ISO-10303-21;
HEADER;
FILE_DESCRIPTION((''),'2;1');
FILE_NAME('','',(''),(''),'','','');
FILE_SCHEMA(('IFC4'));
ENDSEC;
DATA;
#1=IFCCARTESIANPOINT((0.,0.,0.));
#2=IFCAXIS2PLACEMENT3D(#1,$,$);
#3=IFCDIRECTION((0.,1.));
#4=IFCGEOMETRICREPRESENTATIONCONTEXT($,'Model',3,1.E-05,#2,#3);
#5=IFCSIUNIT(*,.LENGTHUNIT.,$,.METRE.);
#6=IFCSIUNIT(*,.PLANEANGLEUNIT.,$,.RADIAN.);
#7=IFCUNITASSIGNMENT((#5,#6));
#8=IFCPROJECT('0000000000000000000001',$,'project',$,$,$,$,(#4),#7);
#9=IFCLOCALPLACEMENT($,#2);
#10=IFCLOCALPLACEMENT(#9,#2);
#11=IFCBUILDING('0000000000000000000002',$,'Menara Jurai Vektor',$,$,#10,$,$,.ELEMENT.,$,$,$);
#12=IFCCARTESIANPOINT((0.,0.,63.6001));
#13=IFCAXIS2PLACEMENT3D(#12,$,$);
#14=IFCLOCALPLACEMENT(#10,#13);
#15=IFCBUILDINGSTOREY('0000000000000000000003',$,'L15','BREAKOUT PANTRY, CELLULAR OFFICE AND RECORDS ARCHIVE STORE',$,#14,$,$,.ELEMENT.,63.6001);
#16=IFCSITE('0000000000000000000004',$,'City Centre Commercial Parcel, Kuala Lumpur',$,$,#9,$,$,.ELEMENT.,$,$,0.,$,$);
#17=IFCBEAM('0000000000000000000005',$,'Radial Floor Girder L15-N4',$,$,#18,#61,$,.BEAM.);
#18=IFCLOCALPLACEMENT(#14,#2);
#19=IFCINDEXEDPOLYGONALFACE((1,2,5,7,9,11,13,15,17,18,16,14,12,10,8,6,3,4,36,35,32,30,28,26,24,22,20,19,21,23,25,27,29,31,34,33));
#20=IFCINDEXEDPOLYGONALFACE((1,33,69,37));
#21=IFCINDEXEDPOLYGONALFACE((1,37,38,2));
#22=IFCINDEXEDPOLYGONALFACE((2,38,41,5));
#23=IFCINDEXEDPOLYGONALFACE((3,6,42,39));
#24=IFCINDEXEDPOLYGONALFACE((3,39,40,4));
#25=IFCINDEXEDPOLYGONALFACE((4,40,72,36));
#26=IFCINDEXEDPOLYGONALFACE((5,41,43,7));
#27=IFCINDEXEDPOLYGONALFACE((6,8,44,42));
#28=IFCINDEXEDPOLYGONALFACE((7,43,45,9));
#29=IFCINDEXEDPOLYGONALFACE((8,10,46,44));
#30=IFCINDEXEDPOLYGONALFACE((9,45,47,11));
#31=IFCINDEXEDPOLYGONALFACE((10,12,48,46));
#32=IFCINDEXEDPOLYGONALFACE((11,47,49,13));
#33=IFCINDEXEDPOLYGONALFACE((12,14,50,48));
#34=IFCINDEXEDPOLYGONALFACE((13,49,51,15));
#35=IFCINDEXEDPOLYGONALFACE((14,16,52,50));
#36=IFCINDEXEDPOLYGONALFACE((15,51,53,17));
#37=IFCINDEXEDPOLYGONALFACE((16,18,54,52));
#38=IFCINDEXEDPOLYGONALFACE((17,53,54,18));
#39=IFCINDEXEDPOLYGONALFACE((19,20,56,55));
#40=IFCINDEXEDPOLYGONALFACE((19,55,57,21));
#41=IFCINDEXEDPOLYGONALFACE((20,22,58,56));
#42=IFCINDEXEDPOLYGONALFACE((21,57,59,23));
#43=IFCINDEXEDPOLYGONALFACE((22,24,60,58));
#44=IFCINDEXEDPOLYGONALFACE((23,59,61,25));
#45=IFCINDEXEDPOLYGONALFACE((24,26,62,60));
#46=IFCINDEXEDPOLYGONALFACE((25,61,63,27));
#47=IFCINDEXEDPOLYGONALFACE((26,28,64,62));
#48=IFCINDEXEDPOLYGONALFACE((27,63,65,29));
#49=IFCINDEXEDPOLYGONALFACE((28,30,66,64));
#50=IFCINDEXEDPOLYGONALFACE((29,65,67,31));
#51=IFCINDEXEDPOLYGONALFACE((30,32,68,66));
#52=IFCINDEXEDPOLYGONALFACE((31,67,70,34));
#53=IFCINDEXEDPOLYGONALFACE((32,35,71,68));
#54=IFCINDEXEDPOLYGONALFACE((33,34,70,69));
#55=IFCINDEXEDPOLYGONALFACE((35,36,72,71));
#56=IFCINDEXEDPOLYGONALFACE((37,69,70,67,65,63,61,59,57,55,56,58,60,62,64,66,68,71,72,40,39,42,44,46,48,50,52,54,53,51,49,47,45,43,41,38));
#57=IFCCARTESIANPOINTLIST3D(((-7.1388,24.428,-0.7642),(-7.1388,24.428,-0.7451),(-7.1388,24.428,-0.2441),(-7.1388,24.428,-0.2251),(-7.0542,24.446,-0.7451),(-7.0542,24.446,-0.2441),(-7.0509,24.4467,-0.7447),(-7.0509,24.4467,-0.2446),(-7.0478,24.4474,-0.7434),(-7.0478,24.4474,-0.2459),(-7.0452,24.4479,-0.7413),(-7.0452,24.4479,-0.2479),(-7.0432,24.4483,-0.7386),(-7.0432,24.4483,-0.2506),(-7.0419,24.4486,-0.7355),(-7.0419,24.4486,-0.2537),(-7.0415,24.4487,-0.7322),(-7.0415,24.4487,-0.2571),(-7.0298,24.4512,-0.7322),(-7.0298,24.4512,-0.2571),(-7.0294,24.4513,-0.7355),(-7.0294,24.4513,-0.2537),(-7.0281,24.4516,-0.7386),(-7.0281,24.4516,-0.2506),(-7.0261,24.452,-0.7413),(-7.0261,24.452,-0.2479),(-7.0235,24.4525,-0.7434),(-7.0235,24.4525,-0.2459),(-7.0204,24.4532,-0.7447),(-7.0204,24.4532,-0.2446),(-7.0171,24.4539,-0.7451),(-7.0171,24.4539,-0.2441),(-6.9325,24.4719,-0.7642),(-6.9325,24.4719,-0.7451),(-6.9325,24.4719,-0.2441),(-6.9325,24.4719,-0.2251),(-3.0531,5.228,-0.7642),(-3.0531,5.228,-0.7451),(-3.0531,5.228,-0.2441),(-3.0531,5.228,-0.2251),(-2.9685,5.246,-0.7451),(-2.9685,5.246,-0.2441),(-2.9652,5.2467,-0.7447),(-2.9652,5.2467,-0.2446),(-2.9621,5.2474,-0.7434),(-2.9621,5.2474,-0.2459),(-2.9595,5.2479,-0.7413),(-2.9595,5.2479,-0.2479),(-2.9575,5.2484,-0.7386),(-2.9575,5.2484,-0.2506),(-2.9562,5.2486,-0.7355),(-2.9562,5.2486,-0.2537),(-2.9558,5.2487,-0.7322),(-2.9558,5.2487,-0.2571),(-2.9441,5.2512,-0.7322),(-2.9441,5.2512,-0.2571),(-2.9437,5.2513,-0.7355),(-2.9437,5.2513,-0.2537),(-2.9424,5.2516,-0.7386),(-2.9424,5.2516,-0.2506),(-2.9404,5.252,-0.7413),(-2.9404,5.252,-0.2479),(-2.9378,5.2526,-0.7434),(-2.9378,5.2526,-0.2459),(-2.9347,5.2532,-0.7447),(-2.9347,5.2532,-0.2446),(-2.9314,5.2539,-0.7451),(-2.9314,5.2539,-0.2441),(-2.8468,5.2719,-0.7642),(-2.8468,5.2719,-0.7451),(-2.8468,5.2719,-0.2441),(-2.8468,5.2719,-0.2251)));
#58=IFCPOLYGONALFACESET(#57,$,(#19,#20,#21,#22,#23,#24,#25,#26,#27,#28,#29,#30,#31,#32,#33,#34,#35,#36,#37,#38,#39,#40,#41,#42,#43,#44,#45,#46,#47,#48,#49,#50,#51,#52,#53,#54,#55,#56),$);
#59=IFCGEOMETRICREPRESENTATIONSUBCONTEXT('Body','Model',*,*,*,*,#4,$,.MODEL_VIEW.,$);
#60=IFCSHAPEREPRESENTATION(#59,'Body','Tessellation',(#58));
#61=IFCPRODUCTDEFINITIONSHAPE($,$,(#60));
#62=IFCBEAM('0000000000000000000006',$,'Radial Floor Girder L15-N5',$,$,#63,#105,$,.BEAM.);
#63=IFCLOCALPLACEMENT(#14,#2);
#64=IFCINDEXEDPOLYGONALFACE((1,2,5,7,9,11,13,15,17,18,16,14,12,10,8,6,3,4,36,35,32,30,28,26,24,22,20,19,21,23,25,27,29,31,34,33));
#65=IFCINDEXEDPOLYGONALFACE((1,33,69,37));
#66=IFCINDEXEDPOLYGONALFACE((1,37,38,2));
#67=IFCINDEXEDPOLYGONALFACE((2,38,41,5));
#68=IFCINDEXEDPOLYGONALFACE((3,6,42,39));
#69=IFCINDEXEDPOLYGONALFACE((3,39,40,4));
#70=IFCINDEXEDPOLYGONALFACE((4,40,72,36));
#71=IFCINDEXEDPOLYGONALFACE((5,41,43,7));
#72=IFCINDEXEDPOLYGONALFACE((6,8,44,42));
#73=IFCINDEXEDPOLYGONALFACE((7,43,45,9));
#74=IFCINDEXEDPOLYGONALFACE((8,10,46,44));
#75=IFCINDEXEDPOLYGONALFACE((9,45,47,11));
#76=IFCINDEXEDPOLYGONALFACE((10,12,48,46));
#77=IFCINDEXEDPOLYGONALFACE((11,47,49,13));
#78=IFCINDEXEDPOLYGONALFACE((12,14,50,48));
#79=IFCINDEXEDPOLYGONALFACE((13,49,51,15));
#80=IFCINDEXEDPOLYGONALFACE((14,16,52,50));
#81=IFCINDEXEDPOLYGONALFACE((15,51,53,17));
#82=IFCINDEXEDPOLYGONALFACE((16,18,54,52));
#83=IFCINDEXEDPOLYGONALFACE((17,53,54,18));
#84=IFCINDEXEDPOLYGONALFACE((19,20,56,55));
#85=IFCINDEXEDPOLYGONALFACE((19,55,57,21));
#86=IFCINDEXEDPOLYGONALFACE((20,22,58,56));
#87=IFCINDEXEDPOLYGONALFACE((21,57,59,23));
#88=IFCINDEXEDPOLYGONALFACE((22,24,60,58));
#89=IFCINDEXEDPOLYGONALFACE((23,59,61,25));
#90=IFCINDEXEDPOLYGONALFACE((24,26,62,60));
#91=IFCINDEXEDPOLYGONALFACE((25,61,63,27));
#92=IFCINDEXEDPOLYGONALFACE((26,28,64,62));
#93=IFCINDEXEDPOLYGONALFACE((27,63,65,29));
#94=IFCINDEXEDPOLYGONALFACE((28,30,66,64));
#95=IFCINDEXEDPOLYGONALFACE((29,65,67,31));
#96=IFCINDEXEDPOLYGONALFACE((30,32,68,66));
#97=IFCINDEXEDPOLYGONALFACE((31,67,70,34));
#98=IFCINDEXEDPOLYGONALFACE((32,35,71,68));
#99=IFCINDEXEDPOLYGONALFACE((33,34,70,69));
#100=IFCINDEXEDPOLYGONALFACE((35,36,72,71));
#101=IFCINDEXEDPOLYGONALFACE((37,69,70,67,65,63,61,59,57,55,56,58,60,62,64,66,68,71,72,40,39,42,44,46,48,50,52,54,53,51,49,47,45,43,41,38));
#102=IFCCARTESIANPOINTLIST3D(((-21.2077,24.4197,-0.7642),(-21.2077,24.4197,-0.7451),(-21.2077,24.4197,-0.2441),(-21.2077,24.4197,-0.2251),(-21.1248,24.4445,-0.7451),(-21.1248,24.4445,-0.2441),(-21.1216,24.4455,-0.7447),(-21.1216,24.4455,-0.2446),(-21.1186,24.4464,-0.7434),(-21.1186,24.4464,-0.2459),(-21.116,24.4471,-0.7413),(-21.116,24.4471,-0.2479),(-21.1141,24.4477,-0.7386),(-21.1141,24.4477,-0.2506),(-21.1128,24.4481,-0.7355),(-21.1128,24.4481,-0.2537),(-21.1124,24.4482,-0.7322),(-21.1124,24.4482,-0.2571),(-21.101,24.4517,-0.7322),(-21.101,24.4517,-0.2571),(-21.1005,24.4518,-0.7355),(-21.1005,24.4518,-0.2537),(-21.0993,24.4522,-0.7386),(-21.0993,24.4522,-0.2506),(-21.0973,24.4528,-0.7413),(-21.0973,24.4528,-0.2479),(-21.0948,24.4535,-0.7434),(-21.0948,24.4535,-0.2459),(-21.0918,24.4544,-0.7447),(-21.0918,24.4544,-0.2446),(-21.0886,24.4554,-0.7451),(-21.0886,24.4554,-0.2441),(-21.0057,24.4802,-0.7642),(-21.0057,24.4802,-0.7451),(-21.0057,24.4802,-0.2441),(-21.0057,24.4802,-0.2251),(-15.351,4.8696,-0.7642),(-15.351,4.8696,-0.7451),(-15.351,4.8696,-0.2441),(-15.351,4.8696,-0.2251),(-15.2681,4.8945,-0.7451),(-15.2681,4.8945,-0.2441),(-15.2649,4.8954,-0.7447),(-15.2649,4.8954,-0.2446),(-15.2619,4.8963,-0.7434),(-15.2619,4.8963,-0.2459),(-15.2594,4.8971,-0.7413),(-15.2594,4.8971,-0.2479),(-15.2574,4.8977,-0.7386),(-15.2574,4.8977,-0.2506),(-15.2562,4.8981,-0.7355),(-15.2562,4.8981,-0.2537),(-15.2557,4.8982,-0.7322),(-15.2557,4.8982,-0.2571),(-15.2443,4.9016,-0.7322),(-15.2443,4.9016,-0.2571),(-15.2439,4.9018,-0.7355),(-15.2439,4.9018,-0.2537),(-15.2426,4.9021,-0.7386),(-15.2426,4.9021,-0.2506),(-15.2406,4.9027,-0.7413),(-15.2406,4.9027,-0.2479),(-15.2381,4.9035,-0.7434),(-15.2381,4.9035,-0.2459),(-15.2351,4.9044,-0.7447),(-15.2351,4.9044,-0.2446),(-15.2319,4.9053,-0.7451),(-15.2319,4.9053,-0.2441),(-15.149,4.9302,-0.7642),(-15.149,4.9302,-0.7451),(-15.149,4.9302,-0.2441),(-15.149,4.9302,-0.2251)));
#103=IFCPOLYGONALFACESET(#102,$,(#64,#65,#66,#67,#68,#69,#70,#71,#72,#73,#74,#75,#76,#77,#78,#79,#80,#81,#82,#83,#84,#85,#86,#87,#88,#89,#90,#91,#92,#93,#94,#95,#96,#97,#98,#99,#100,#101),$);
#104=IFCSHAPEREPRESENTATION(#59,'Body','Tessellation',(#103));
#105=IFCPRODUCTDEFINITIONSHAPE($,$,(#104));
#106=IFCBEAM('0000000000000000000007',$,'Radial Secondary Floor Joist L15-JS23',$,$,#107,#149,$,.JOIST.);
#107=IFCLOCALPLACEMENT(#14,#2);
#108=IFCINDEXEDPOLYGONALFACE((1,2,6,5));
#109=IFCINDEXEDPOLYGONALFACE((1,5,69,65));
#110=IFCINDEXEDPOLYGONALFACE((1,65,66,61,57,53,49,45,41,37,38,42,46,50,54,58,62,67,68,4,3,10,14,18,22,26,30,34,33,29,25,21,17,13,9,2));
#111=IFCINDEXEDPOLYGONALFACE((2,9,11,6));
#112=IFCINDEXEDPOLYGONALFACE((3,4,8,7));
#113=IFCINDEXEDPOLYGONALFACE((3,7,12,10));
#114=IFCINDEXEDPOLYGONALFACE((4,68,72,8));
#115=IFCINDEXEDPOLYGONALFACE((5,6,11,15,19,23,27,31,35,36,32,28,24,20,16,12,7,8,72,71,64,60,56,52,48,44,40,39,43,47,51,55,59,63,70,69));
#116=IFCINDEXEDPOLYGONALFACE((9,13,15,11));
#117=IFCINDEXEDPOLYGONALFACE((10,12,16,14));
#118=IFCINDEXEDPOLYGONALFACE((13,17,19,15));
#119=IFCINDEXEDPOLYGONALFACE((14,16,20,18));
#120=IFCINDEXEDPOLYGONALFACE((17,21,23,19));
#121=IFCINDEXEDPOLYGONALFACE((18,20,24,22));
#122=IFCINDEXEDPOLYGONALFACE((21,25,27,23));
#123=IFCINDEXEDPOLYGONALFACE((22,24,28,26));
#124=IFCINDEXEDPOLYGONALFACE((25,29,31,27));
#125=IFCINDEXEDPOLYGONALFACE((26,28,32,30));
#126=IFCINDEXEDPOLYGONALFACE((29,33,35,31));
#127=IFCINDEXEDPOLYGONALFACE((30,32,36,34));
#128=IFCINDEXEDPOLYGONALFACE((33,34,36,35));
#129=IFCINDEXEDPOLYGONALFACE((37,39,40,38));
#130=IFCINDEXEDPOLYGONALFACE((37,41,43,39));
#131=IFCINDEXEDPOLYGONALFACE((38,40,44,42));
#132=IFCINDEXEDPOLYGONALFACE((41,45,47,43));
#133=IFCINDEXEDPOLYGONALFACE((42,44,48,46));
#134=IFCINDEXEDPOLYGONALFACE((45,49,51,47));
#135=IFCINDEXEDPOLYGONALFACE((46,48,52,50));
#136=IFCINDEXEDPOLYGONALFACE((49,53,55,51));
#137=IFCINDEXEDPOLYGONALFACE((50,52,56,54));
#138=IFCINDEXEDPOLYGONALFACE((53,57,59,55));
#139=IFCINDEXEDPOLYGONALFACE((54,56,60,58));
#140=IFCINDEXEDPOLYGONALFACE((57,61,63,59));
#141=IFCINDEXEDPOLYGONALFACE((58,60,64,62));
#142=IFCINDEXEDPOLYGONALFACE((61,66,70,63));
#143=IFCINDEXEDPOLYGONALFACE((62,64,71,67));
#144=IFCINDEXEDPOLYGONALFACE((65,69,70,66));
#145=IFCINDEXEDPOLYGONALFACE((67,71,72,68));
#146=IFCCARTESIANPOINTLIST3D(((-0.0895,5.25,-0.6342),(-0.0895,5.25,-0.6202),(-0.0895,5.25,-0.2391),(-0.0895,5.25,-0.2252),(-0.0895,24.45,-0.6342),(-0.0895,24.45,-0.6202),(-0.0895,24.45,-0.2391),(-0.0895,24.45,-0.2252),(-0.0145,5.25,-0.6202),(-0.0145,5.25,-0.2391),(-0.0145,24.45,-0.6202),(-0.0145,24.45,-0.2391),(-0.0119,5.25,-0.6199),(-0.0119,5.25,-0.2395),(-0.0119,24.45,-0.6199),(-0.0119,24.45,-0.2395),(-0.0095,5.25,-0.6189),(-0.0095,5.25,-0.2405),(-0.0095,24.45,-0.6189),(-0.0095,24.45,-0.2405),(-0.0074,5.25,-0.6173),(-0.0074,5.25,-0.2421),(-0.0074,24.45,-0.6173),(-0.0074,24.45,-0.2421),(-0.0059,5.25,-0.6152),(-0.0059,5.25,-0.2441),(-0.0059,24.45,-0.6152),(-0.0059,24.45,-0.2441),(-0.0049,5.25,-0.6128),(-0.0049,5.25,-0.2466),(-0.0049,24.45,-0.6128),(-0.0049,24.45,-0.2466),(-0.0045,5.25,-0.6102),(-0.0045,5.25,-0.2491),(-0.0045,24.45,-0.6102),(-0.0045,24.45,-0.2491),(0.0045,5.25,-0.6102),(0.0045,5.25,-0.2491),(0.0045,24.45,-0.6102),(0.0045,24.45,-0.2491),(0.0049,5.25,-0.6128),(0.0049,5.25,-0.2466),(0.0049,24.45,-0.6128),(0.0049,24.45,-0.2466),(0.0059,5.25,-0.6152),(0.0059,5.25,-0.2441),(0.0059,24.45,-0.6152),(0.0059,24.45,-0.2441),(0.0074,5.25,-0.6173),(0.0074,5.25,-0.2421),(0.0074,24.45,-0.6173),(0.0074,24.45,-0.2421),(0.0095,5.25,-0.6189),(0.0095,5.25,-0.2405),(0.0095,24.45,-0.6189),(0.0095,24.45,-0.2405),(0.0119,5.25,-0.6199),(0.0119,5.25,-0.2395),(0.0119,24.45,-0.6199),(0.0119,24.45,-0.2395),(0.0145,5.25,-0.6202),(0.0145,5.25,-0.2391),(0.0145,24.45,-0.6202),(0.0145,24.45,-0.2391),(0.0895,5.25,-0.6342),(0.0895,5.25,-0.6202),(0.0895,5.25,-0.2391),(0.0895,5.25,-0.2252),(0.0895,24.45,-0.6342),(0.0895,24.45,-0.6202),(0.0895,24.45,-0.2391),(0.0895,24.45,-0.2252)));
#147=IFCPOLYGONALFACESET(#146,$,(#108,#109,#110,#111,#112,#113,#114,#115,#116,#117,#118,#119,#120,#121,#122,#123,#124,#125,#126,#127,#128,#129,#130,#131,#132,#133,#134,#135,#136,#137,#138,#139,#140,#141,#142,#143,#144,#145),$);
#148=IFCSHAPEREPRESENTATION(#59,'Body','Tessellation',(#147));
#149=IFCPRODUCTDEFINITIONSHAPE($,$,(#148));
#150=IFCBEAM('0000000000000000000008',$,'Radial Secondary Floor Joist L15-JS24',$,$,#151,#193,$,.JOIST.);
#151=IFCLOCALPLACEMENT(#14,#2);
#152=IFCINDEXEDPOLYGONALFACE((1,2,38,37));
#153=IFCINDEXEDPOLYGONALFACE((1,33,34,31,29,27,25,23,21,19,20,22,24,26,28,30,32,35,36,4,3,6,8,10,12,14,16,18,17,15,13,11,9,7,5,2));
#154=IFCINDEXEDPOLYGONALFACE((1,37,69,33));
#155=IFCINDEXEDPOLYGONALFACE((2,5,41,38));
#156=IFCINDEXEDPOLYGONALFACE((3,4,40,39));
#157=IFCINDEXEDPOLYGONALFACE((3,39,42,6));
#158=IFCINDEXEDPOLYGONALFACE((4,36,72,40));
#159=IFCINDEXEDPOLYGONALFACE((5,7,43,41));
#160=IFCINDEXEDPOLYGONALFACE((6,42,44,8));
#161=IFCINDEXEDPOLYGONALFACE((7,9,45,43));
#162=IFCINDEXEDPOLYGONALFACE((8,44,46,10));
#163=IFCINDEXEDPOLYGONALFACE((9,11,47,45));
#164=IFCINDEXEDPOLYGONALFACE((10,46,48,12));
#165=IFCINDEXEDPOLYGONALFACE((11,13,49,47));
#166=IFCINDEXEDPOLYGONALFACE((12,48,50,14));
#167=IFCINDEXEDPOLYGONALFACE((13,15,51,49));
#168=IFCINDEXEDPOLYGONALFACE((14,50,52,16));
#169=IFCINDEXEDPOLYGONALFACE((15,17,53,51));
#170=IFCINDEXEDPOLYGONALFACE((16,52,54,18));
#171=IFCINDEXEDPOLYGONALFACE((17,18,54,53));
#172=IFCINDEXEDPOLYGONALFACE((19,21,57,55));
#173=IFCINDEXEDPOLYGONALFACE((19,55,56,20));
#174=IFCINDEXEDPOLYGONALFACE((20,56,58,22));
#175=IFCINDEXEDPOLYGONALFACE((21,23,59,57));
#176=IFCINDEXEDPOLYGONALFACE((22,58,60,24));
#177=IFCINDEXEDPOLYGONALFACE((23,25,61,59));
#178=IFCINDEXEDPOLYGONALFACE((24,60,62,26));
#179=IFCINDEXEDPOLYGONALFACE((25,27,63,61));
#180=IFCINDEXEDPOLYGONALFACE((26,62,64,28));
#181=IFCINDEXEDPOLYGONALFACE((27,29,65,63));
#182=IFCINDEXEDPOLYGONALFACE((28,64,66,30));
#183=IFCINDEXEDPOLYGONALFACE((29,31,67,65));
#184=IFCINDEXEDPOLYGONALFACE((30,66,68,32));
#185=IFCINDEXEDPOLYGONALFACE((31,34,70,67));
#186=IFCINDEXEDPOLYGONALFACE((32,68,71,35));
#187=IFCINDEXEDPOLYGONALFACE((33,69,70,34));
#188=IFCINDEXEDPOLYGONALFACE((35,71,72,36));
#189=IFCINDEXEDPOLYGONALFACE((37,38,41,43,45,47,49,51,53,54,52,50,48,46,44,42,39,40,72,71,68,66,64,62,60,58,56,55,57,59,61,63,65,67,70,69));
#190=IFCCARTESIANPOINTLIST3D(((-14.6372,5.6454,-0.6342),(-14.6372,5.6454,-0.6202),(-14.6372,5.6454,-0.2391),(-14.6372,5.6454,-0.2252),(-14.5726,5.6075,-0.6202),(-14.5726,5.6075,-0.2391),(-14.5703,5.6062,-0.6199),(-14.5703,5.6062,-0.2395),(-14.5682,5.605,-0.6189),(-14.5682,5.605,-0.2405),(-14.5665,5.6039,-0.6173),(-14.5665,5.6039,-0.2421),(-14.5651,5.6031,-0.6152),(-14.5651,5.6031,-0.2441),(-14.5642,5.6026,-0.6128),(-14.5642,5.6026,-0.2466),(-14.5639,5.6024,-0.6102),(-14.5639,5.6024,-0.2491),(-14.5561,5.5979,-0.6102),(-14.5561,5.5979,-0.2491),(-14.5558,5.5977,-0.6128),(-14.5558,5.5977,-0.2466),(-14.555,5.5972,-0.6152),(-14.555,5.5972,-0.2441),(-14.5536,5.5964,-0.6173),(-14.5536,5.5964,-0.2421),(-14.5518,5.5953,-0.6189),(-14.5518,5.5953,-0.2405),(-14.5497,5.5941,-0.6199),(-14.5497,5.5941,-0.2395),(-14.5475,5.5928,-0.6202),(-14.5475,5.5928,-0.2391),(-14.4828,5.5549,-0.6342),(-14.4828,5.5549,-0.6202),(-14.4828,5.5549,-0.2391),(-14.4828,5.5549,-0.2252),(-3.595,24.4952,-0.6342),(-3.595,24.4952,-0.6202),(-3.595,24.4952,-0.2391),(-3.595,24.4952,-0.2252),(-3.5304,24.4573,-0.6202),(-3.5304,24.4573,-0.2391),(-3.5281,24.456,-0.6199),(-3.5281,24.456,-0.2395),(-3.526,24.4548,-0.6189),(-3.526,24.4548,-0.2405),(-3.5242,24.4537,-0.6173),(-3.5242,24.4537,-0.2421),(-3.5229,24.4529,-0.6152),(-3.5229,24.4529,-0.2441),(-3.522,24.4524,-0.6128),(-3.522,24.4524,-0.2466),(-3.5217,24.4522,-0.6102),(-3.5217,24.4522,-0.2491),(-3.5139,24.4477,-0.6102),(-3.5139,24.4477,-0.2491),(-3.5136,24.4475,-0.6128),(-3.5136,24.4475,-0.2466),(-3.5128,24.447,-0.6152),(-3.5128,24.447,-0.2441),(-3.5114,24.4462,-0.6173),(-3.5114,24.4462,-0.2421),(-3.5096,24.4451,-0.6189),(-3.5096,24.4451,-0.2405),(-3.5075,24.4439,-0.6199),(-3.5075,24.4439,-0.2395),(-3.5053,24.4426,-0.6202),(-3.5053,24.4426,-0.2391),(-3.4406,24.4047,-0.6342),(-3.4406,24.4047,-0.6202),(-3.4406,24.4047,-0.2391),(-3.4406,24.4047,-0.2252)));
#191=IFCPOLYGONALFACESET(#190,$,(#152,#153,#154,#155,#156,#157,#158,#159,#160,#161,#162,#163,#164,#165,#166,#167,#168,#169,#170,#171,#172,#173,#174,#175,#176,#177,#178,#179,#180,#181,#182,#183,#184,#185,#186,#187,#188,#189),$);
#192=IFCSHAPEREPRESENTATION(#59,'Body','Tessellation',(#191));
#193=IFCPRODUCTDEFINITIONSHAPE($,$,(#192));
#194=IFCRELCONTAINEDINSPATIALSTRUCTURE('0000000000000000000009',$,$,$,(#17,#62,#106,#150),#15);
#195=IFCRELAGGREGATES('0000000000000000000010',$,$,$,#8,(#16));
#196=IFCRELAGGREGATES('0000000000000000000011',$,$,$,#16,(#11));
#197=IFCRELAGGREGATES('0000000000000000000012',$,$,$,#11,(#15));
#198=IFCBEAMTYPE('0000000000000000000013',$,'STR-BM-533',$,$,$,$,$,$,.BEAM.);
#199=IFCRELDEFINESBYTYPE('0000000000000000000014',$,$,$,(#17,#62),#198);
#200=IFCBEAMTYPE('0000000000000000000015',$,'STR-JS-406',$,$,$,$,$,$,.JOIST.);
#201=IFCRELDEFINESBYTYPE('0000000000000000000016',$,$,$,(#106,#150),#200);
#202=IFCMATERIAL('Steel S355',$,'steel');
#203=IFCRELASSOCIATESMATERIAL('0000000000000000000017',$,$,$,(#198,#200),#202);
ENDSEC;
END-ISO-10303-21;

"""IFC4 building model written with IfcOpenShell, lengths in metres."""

from ifc_helpers import new_model, si_unit, direction, frame, origin, origin_2d, place, context, subcontext, project, spatial, i_section, extrude, material, material_profile, profile_set, type_object, element, save


model = new_model("IFC4")

# Units and contexts
model_context = context("Model", 3, precision=1e-05, world=origin(), true_north=direction((0.0, 1.0)))
body_context = subcontext(model_context, "Body", "Model", "MODEL_VIEW")
ifc_project = project(units=[si_unit("LENGTHUNIT", "METRE"), si_unit("PLANEANGLEUNIT", "RADIAN")], contexts=[model_context])

# Site, building, storey
site_placement = place(None, origin())
site = spatial("IfcSite", under=ifc_project, at=site_placement, Name="City Centre Commercial Parcel, Kuala Lumpur", CompositionType="ELEMENT", RefElevation=0.0)
building_placement = place(site_placement, origin())
building = spatial("IfcBuilding", under=site, at=building_placement, Name="Menara Jurai Vektor", CompositionType="ELEMENT")
storey_placement = place(building_placement, frame((0.0, 0.0, 63.6001)))
storey = spatial("IfcBuildingStorey", under=building, at=storey_placement, Name="L15", Description="BREAKOUT PANTRY, CELLULAR OFFICE AND RECORDS ARCHIVE STORE", CompositionType="ELEMENT", Elevation=63.6001)

# Beams
ifc_material_1 = material(Name="Steel S355", Category="steel")
ifc_material_profile_1 = material_profile(ifc_material_1, i_section(OverallWidth=0.2109, OverallDepth=0.5391, WebThickness=0.012, FlangeThickness=0.019, FilletRadius=0.0129, at=origin_2d()), Name="UKB 533x210x109")
ifc_profile_set_1 = profile_set([ifc_material_profile_1], Name="Steel S355")
beam_type_1 = type_object("IfcBeamType", Name="STR-BM-533", PredefinedType="BEAM", material=ifc_profile_set_1)
beam_1_placement = place(storey_placement, frame((-7.0356, 24.45, -0.4946), z_axis=(0.208137, -0.9781, 0.0), x_axis=(0.9781, 0.208137, 0.0)))
element("IfcBeam", 1, at=beam_1_placement, inside=storey, type_object=beam_type_1, Name="Radial Floor Girder L15-N4", PredefinedType="BEAM", context=body_context, shape_type="SweptSolid", body=[
    extrude(i_section(OverallWidth=0.2109, OverallDepth=0.5391, WebThickness=0.012, FlangeThickness=0.019, FilletRadius=0.0129, at=origin_2d()), origin(), (0.0, 0.0, 1.0), 19.6299),
])
beam_2_placement = place(storey_placement, frame((-21.1067, 24.45, -0.4946), z_axis=(0.286974, -0.957938, 0.0), x_axis=(0.957938, 0.286974, 0.0)))
element("IfcBeam", 2, at=beam_2_placement, inside=storey, type_object=beam_type_1, Name="Radial Floor Girder L15-N5", PredefinedType="BEAM", context=body_context, shape_type="SweptSolid", body=[
    extrude(i_section(OverallWidth=0.2109, OverallDepth=0.5391, WebThickness=0.012, FlangeThickness=0.019, FilletRadius=0.0129, at=origin_2d()), origin(), (0.0, 0.0, 1.0), 20.4084),
])
ifc_material_profile_2 = material_profile(ifc_material_1, i_section(OverallWidth=0.179, OverallDepth=0.4089, WebThickness=0.009, FlangeThickness=0.0139, FilletRadius=0.01, at=origin_2d()), Name="UKB 406x178x67")
ifc_profile_set_2 = profile_set([ifc_material_profile_2], Name="Steel S355")
beam_type_2 = type_object("IfcBeamType", Name="STR-JS-406", PredefinedType="JOIST", material=ifc_profile_set_2)
beam_3_placement = place(storey_placement, frame((0.0, 24.45, -0.4297), z_axis=(0.0, -1.0, 0.0), x_axis=(1.0, 0.0, 0.0)))
element("IfcBeam", 3, at=beam_3_placement, inside=storey, type_object=beam_type_2, Name="Radial Secondary Floor Joist L15-JS23", PredefinedType="JOIST", context=body_context, shape_type="SweptSolid", body=[
    extrude(i_section(OverallWidth=0.179, OverallDepth=0.4089, WebThickness=0.009, FlangeThickness=0.0139, FilletRadius=0.01, at=origin_2d()), origin(), (0.0, 0.0, 1.0), 19.2),
])
beam_4_placement = place(storey_placement, frame((-3.5178, 24.45, -0.4297), z_axis=(-0.505458, -0.862851, 0.0), x_axis=(0.862851, -0.505458, 0.0)))
element("IfcBeam", 4, at=beam_4_placement, inside=storey, type_object=beam_type_2, Name="Radial Secondary Floor Joist L15-JS24", PredefinedType="JOIST", context=body_context, shape_type="SweptSolid", body=[
    extrude(i_section(OverallWidth=0.179, OverallDepth=0.4089, WebThickness=0.009, FlangeThickness=0.0139, FilletRadius=0.01, at=origin_2d()), origin(), (0.0, 0.0, 1.0), 21.8459),
])

save(model, "model.ifc")
